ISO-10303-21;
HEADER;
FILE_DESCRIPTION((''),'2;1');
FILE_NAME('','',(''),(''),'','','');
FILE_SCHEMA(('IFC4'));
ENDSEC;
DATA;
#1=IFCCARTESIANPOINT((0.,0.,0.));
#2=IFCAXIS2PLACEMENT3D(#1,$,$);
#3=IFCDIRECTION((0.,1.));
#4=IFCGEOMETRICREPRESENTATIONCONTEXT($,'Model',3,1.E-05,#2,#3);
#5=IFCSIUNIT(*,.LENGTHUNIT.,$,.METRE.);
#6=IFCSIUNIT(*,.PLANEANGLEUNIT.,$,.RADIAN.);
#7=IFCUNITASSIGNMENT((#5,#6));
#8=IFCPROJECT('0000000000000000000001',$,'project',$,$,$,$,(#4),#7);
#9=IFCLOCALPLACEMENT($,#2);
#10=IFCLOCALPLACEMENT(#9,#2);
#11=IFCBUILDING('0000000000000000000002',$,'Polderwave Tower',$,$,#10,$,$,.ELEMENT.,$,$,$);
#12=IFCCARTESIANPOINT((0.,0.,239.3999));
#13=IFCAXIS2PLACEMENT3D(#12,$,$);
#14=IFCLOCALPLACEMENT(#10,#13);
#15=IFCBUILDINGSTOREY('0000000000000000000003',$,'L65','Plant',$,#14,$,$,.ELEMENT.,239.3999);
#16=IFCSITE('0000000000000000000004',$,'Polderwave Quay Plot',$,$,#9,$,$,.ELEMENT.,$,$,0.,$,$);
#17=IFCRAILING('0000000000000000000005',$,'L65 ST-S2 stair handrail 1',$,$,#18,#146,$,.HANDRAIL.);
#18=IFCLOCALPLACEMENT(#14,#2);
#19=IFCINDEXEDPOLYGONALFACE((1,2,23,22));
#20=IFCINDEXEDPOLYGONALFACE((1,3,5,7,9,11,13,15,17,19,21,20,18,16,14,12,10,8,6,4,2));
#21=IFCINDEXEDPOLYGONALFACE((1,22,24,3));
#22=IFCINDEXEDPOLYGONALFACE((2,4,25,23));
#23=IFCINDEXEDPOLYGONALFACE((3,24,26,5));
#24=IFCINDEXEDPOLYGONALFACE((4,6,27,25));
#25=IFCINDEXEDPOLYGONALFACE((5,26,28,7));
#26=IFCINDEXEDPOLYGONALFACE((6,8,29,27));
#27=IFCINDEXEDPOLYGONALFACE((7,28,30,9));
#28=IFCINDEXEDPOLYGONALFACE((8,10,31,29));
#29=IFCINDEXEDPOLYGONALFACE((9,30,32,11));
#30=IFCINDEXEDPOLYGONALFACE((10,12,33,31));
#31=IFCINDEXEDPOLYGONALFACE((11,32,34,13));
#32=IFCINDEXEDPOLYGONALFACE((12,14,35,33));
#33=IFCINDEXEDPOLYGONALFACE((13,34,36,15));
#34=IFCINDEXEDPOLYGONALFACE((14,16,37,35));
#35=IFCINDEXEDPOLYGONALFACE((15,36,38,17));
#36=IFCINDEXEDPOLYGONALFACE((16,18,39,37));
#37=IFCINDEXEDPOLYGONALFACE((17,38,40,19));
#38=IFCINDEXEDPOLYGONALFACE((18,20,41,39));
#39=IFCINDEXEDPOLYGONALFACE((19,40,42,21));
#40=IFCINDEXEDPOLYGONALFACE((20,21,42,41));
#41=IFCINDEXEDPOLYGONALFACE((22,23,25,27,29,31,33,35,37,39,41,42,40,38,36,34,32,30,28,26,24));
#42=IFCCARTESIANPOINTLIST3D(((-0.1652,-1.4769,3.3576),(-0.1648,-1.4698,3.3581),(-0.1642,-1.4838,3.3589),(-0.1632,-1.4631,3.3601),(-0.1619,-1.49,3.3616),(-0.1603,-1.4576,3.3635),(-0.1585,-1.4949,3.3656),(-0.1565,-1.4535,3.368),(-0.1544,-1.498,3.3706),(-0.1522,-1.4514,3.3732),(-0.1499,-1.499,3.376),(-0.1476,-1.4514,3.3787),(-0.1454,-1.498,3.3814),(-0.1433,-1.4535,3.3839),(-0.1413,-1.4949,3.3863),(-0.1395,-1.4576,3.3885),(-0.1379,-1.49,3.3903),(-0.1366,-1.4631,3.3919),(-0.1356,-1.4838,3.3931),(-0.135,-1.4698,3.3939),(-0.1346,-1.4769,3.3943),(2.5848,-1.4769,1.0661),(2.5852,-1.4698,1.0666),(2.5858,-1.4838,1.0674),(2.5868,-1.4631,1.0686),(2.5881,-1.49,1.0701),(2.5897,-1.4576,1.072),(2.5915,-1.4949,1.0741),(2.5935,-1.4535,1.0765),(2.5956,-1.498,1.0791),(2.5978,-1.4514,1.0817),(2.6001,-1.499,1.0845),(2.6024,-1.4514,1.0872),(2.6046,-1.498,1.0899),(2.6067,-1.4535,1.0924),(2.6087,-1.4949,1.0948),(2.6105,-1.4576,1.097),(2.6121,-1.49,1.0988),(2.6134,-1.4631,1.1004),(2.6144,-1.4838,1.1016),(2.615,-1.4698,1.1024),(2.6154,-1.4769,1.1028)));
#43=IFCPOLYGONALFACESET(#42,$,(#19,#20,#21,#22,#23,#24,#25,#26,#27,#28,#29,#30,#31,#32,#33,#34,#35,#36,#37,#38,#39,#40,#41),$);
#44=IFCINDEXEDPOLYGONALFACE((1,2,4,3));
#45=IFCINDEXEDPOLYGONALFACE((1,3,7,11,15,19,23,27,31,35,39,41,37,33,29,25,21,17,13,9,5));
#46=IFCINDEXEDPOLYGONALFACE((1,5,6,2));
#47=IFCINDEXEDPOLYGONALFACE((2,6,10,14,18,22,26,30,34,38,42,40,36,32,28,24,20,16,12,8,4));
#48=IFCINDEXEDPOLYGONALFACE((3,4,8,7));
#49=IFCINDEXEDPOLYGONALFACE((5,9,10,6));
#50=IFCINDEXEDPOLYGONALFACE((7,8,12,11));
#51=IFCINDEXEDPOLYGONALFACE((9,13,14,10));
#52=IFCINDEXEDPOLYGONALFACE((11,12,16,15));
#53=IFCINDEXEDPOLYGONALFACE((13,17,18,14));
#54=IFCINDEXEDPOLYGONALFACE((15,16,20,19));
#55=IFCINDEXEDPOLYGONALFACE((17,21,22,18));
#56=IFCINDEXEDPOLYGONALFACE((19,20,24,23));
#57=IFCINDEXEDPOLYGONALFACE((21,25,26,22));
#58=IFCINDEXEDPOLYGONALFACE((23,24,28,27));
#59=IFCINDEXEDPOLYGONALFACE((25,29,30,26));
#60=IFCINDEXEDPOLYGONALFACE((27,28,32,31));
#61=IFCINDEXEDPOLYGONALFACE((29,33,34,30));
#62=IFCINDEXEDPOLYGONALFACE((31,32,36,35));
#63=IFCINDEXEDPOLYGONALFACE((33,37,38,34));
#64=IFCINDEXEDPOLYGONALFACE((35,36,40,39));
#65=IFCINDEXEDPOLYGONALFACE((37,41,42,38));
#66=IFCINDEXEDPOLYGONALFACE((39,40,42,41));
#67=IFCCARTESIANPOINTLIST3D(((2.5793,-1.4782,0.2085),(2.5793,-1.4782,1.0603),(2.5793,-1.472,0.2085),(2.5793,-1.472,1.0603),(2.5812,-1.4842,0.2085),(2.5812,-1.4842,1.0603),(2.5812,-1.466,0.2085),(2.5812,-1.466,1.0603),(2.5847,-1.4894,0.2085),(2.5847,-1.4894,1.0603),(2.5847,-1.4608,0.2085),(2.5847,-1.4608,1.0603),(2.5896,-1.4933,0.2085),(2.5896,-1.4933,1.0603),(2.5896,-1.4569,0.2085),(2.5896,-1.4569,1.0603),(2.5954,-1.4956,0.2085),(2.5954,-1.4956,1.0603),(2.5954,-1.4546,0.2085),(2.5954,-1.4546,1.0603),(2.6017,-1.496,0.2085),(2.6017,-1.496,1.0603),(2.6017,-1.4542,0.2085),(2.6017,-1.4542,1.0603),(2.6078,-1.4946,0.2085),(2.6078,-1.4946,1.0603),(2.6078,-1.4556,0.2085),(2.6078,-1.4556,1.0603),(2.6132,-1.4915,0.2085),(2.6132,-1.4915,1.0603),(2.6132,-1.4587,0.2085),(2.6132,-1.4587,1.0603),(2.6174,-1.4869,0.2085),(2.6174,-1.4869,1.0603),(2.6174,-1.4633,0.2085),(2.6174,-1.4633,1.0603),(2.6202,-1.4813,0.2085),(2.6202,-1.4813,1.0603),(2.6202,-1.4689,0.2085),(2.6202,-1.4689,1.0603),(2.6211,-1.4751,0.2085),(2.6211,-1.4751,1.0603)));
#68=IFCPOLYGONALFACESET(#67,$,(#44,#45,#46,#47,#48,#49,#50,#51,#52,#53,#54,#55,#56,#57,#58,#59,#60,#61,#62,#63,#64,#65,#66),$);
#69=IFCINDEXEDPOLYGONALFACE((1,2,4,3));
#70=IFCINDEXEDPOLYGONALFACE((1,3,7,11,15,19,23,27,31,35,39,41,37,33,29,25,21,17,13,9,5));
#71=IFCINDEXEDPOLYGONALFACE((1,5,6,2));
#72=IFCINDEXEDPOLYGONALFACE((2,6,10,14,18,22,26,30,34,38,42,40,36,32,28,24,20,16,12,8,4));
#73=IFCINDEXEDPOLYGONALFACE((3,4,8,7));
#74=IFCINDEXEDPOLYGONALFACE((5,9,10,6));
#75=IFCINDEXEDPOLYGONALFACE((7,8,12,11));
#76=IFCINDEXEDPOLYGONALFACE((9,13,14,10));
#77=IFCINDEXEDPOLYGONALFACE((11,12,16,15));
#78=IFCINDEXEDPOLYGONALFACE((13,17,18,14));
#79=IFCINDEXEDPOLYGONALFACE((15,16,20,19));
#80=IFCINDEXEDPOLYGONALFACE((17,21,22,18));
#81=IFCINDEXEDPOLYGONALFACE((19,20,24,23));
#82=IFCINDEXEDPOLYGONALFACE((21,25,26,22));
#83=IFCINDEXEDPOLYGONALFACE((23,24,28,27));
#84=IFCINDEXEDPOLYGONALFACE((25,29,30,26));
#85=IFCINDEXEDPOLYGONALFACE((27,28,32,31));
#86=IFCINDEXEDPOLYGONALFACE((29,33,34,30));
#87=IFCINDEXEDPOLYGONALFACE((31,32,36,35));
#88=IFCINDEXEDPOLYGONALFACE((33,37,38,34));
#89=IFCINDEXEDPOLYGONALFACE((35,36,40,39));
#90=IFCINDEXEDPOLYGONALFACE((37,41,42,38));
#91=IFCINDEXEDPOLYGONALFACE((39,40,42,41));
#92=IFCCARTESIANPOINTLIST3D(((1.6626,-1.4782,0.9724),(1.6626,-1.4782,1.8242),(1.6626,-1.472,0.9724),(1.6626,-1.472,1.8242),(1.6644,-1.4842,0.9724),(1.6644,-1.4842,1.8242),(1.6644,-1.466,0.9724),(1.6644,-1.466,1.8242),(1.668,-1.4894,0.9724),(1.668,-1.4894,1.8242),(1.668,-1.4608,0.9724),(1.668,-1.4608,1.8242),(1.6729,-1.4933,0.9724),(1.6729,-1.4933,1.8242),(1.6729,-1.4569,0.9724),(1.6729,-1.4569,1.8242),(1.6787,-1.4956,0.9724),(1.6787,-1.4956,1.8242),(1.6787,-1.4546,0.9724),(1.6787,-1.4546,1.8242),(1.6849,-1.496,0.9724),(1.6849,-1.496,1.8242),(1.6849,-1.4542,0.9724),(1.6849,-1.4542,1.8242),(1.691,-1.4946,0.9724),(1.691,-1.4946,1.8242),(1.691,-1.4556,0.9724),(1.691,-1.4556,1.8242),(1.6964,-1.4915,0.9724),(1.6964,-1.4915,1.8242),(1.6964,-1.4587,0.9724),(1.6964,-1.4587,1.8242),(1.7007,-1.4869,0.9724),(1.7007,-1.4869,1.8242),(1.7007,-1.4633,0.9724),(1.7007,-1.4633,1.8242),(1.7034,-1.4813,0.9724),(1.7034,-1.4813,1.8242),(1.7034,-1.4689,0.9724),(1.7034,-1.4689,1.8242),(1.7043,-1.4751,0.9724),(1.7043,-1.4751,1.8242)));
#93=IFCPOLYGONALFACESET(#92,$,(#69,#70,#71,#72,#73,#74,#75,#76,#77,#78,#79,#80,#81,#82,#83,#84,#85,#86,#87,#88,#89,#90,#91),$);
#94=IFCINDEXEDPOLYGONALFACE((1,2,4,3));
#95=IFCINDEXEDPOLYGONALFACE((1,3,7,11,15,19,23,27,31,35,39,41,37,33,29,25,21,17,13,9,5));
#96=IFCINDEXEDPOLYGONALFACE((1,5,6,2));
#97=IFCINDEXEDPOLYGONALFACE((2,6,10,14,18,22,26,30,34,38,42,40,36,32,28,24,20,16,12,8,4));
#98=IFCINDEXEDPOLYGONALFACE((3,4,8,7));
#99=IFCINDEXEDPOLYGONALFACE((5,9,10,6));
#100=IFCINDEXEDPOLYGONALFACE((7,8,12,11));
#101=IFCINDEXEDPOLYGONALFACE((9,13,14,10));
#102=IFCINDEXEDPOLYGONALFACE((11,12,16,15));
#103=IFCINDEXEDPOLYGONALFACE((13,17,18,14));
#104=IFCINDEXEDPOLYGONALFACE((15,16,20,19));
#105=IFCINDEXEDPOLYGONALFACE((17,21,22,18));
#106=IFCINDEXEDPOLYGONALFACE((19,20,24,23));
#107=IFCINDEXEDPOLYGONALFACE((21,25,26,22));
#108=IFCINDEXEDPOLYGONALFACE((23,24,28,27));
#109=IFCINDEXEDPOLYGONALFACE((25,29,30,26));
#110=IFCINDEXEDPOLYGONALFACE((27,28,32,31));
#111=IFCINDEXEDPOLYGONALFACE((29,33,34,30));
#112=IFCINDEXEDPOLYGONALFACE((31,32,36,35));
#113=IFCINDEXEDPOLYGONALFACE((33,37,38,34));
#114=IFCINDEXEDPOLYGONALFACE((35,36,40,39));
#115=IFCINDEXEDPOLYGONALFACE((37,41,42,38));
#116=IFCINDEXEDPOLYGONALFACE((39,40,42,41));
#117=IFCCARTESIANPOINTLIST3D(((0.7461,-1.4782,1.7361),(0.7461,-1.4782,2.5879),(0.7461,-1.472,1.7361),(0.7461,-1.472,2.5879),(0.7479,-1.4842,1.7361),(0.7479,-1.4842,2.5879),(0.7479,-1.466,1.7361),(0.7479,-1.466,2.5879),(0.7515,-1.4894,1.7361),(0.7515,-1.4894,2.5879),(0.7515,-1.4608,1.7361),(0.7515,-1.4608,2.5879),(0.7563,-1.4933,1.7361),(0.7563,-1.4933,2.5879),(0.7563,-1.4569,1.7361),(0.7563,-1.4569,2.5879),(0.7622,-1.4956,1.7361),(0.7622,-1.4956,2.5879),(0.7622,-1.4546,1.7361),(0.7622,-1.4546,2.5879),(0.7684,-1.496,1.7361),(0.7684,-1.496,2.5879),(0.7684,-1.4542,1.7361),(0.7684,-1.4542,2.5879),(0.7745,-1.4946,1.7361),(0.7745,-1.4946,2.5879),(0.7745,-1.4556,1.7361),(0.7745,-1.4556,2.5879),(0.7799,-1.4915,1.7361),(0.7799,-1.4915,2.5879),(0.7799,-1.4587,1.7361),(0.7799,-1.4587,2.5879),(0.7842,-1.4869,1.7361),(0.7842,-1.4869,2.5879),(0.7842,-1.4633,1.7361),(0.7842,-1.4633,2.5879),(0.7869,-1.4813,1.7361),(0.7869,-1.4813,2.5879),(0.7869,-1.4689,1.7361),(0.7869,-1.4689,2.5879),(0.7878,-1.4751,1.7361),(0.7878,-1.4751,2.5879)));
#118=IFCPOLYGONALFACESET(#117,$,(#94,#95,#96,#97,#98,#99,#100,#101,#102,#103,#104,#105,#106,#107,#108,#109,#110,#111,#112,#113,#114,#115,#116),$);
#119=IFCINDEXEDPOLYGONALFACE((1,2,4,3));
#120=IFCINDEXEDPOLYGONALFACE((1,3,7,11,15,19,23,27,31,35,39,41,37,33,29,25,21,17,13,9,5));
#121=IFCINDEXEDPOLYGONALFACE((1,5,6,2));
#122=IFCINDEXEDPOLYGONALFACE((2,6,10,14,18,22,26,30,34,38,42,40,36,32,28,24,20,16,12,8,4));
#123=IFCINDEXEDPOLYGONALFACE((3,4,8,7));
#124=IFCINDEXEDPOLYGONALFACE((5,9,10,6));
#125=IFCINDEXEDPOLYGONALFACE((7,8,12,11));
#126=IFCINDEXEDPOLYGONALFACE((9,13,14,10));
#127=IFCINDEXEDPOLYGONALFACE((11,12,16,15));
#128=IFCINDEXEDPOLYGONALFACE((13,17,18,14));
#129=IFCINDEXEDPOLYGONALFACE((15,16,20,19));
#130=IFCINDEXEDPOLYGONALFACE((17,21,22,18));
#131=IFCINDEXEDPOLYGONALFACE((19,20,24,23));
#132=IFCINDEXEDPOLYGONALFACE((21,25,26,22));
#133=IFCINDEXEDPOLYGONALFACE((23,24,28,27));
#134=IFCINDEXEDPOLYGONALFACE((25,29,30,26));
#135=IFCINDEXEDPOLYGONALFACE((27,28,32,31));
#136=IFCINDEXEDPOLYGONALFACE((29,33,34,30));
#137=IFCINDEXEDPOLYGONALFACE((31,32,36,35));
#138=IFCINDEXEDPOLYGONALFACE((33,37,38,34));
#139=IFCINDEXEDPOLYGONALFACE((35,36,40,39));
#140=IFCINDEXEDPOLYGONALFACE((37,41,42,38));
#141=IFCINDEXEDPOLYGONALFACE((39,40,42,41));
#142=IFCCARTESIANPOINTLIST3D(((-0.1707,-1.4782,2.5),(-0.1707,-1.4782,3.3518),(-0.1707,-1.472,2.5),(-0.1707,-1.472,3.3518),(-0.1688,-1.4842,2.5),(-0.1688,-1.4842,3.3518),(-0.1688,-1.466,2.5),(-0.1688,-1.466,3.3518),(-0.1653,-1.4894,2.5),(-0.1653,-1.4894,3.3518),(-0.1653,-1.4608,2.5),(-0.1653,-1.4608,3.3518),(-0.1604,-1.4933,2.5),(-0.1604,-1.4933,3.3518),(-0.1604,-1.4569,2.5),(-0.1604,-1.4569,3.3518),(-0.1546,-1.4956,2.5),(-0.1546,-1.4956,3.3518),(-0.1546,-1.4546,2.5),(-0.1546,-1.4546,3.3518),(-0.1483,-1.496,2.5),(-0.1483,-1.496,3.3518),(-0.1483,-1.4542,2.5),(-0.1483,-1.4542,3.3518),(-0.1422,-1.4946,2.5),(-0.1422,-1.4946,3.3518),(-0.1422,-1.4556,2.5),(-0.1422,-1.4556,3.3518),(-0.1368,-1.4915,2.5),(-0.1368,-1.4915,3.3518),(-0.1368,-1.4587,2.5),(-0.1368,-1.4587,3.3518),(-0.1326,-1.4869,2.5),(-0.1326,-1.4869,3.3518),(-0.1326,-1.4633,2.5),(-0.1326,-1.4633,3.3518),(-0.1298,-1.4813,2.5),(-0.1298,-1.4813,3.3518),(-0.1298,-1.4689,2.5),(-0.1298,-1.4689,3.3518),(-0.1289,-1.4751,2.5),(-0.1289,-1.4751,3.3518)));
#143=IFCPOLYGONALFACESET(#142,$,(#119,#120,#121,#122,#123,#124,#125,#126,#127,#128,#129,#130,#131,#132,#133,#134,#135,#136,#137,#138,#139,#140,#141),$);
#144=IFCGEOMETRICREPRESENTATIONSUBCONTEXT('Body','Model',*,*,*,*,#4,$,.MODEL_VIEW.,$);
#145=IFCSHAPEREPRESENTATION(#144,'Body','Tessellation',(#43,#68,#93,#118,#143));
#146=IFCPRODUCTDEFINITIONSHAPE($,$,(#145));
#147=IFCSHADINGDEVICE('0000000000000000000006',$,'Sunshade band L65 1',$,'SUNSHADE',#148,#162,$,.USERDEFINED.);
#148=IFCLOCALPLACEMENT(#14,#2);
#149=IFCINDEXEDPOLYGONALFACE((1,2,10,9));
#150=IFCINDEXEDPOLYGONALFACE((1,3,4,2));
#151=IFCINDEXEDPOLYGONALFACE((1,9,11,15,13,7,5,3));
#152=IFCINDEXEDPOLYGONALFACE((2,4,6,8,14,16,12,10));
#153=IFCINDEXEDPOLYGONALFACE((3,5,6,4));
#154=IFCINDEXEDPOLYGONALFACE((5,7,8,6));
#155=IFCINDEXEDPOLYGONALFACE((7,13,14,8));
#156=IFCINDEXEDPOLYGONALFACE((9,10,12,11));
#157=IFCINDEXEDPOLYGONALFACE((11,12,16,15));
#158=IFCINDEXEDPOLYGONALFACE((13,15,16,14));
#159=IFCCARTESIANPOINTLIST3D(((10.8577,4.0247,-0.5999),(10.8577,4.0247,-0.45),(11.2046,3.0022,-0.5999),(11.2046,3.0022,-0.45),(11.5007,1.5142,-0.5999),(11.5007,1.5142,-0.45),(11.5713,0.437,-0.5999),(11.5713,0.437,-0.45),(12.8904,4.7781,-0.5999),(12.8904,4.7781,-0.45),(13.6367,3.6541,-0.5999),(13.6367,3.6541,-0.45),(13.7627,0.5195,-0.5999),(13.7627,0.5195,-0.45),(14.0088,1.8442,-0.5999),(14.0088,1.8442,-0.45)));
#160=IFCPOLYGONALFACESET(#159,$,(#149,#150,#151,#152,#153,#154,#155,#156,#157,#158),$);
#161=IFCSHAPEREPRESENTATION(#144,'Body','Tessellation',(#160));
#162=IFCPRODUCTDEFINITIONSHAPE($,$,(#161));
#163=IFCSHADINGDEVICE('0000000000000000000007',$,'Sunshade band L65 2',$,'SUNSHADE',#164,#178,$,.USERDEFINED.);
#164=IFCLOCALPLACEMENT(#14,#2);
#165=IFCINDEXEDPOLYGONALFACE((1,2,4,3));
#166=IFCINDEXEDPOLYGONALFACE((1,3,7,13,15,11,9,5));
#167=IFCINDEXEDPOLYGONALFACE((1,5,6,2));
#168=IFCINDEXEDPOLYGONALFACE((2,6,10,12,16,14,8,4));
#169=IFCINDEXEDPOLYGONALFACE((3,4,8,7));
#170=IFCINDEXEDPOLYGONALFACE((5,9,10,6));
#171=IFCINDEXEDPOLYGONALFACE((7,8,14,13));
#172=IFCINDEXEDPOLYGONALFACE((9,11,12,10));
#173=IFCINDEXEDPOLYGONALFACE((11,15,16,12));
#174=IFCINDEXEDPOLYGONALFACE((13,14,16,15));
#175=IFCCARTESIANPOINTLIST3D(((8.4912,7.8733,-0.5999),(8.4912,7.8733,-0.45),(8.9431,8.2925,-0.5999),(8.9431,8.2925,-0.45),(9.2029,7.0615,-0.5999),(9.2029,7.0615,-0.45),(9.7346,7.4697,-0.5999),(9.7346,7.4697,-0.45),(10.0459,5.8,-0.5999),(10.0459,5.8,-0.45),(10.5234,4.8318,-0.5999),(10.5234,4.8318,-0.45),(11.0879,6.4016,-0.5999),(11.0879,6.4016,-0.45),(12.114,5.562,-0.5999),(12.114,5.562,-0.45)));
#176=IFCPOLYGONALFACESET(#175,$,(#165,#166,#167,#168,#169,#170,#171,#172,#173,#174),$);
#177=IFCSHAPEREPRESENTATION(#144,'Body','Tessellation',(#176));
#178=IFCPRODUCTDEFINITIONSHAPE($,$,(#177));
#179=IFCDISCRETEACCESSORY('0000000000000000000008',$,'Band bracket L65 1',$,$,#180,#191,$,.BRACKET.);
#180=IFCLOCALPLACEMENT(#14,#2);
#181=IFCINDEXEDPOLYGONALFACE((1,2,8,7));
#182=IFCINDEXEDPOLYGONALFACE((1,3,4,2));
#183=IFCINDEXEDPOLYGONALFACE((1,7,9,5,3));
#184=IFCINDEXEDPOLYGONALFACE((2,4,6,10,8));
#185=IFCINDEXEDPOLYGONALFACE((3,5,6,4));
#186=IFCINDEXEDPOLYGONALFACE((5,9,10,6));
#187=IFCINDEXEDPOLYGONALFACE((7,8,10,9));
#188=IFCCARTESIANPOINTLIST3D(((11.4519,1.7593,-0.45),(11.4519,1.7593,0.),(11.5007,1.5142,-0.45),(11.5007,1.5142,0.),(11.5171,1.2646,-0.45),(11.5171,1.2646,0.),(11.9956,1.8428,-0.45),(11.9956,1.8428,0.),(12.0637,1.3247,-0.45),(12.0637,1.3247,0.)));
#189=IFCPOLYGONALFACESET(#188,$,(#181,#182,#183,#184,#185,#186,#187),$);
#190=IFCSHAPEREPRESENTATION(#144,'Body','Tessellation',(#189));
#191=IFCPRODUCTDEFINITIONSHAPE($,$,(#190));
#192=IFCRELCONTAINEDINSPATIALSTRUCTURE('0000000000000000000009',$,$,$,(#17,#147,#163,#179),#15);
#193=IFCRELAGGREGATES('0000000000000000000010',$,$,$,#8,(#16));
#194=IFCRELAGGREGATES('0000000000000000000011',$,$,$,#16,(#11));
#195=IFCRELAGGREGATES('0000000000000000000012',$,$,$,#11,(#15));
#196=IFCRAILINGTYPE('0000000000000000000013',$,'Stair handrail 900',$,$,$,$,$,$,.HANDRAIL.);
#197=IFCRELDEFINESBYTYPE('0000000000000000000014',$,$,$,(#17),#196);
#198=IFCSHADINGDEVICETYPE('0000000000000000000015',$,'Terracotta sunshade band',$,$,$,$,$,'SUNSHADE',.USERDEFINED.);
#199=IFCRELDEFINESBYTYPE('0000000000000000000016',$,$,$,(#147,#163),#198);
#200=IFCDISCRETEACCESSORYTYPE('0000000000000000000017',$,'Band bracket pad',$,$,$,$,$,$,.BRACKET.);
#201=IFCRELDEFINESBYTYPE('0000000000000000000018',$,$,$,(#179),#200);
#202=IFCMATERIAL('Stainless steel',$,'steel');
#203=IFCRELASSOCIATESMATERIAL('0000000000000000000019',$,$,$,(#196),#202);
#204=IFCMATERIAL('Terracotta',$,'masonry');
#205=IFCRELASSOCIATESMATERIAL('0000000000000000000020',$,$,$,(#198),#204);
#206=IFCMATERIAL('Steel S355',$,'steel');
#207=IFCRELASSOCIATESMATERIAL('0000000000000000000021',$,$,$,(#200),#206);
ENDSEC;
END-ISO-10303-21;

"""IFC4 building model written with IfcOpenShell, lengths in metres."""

from ifc_helpers import new_model, si_unit, direction, frame, origin, origin_2d, place, context, subcontext, project, spatial, polyline, circle, outline, extrude, material, type_object, element, save


model = new_model("IFC4")

# Units and contexts
model_context = context("Model", 3, precision=1e-05, world=origin(), true_north=direction((0.0, 1.0)))
body_context = subcontext(model_context, "Body", "Model", "MODEL_VIEW")
ifc_project = project(units=[si_unit("LENGTHUNIT", "METRE"), si_unit("PLANEANGLEUNIT", "RADIAN")], contexts=[model_context])

# Site, building, storey
site_placement = place(None, origin())
site = spatial("IfcSite", under=ifc_project, at=site_placement, Name="Polderwave Quay Plot", CompositionType="ELEMENT", RefElevation=0.0)
building_placement = place(site_placement, origin())
building = spatial("IfcBuilding", under=site, at=building_placement, Name="Polderwave Tower", CompositionType="ELEMENT")
storey_placement = place(building_placement, frame((0.0, 0.0, 239.3999)))
storey = spatial("IfcBuildingStorey", under=building, at=storey_placement, Name="L65", Description="Plant", CompositionType="ELEMENT", Elevation=239.3999)

# Railing
ifc_material_1 = material(Name="Stainless steel", Category="steel")
railing_type_1 = type_object("IfcRailingType", Name="Stair handrail 900", PredefinedType="HANDRAIL", material=ifc_material_1)
railing_1_placement = place(storey_placement, frame((2.6001, -1.4751, 0.2085)))
element("IfcRailing", 1, at=railing_1_placement, inside=storey, type_object=railing_type_1, Name="L65 ST-S2 stair handrail 1", PredefinedType="HANDRAIL", context=body_context, shape_type="SweptSolid", body=[
    extrude(circle(Radius=0.0239, at=origin_2d()), frame((0.0, 0.0, 0.876), z_axis=(-0.768244, 0.0, 0.640158), x_axis=(0.0, -1.0, 0.0)), (0.0, 0.0, 1.0), 3.5796),
    extrude(circle(Radius=0.021, at=origin_2d()), origin(), (0.0, 0.0, 1.0), 0.8518),
    extrude(circle(Radius=0.021, at=origin_2d()), frame((-0.9167, 0.0, 0.7639)), (0.0, 0.0, 1.0), 0.8518),
    extrude(circle(Radius=0.021, at=origin_2d()), frame((-1.8333, 0.0, 1.5276)), (0.0, 0.0, 1.0), 0.8518),
    extrude(circle(Radius=0.021, at=origin_2d()), frame((-2.75, 0.0, 2.2915)), (0.0, 0.0, 1.0), 0.8518),
])

# Shading devices
ifc_material_2 = material(Name="Terracotta", Category="masonry")
shading_device_type = type_object("IfcShadingDeviceType", Name="Terracotta sunshade band", ElementType="SUNSHADE", PredefinedType="USERDEFINED", material=ifc_material_2)
shading_device_1_placement = place(storey_placement, frame((0.0, 0.0, -0.5999)))
element("IfcShadingDevice", 2, at=shading_device_1_placement, inside=storey, type_object=shading_device_type, Name="Sunshade band L65 1", ObjectType="SUNSHADE", PredefinedType="USERDEFINED", context=body_context, shape_type="SweptSolid", body=[
    extrude(outline(polyline([(11.5713, 0.437), (11.5007, 1.5142), (11.2046, 3.0022), (10.8577, 4.0247), (12.8904, 4.7781), (13.6367, 3.6541), (14.0088, 1.8442), (13.7627, 0.5195), (11.5713, 0.437)])), origin(), (0.0, 0.0, 1.0), 0.1499),
])
shading_device_2_placement = place(storey_placement, frame((0.0, 0.0, -0.5999)))
element("IfcShadingDevice", 3, at=shading_device_2_placement, inside=storey, type_object=shading_device_type, Name="Sunshade band L65 2", ObjectType="SUNSHADE", PredefinedType="USERDEFINED", context=body_context, shape_type="SweptSolid", body=[
    extrude(outline(polyline([(10.5234, 4.8318), (10.0459, 5.8), (9.2029, 7.0615), (8.4912, 7.8733), (8.9431, 8.2925), (9.7346, 7.4697), (11.0879, 6.4016), (12.114, 5.562), (10.5234, 4.8318)])), origin(), (0.0, 0.0, 1.0), 0.1499),
])

# Discrete accessory
ifc_material_3 = material(Name="Steel S355", Category="steel")
discrete_accessory_type = type_object("IfcDiscreteAccessoryType", Name="Band bracket pad", PredefinedType="BRACKET", material=ifc_material_3)
discrete_accessory_placement = place(storey_placement, frame((0.0, 0.0, -0.45)))
element("IfcDiscreteAccessory", 4, at=discrete_accessory_placement, inside=storey, type_object=discrete_accessory_type, Name="Band bracket L65 1", PredefinedType="BRACKET", context=body_context, shape_type="SweptSolid", body=[
    extrude(outline(polyline([(11.5171, 1.2646), (11.5007, 1.5142), (11.4519, 1.7593), (11.9956, 1.8428), (12.0637, 1.3247), (11.5171, 1.2646)])), origin(), (0.0, 0.0, 1.0), 0.45),
])

save(model, "model.ifc")
